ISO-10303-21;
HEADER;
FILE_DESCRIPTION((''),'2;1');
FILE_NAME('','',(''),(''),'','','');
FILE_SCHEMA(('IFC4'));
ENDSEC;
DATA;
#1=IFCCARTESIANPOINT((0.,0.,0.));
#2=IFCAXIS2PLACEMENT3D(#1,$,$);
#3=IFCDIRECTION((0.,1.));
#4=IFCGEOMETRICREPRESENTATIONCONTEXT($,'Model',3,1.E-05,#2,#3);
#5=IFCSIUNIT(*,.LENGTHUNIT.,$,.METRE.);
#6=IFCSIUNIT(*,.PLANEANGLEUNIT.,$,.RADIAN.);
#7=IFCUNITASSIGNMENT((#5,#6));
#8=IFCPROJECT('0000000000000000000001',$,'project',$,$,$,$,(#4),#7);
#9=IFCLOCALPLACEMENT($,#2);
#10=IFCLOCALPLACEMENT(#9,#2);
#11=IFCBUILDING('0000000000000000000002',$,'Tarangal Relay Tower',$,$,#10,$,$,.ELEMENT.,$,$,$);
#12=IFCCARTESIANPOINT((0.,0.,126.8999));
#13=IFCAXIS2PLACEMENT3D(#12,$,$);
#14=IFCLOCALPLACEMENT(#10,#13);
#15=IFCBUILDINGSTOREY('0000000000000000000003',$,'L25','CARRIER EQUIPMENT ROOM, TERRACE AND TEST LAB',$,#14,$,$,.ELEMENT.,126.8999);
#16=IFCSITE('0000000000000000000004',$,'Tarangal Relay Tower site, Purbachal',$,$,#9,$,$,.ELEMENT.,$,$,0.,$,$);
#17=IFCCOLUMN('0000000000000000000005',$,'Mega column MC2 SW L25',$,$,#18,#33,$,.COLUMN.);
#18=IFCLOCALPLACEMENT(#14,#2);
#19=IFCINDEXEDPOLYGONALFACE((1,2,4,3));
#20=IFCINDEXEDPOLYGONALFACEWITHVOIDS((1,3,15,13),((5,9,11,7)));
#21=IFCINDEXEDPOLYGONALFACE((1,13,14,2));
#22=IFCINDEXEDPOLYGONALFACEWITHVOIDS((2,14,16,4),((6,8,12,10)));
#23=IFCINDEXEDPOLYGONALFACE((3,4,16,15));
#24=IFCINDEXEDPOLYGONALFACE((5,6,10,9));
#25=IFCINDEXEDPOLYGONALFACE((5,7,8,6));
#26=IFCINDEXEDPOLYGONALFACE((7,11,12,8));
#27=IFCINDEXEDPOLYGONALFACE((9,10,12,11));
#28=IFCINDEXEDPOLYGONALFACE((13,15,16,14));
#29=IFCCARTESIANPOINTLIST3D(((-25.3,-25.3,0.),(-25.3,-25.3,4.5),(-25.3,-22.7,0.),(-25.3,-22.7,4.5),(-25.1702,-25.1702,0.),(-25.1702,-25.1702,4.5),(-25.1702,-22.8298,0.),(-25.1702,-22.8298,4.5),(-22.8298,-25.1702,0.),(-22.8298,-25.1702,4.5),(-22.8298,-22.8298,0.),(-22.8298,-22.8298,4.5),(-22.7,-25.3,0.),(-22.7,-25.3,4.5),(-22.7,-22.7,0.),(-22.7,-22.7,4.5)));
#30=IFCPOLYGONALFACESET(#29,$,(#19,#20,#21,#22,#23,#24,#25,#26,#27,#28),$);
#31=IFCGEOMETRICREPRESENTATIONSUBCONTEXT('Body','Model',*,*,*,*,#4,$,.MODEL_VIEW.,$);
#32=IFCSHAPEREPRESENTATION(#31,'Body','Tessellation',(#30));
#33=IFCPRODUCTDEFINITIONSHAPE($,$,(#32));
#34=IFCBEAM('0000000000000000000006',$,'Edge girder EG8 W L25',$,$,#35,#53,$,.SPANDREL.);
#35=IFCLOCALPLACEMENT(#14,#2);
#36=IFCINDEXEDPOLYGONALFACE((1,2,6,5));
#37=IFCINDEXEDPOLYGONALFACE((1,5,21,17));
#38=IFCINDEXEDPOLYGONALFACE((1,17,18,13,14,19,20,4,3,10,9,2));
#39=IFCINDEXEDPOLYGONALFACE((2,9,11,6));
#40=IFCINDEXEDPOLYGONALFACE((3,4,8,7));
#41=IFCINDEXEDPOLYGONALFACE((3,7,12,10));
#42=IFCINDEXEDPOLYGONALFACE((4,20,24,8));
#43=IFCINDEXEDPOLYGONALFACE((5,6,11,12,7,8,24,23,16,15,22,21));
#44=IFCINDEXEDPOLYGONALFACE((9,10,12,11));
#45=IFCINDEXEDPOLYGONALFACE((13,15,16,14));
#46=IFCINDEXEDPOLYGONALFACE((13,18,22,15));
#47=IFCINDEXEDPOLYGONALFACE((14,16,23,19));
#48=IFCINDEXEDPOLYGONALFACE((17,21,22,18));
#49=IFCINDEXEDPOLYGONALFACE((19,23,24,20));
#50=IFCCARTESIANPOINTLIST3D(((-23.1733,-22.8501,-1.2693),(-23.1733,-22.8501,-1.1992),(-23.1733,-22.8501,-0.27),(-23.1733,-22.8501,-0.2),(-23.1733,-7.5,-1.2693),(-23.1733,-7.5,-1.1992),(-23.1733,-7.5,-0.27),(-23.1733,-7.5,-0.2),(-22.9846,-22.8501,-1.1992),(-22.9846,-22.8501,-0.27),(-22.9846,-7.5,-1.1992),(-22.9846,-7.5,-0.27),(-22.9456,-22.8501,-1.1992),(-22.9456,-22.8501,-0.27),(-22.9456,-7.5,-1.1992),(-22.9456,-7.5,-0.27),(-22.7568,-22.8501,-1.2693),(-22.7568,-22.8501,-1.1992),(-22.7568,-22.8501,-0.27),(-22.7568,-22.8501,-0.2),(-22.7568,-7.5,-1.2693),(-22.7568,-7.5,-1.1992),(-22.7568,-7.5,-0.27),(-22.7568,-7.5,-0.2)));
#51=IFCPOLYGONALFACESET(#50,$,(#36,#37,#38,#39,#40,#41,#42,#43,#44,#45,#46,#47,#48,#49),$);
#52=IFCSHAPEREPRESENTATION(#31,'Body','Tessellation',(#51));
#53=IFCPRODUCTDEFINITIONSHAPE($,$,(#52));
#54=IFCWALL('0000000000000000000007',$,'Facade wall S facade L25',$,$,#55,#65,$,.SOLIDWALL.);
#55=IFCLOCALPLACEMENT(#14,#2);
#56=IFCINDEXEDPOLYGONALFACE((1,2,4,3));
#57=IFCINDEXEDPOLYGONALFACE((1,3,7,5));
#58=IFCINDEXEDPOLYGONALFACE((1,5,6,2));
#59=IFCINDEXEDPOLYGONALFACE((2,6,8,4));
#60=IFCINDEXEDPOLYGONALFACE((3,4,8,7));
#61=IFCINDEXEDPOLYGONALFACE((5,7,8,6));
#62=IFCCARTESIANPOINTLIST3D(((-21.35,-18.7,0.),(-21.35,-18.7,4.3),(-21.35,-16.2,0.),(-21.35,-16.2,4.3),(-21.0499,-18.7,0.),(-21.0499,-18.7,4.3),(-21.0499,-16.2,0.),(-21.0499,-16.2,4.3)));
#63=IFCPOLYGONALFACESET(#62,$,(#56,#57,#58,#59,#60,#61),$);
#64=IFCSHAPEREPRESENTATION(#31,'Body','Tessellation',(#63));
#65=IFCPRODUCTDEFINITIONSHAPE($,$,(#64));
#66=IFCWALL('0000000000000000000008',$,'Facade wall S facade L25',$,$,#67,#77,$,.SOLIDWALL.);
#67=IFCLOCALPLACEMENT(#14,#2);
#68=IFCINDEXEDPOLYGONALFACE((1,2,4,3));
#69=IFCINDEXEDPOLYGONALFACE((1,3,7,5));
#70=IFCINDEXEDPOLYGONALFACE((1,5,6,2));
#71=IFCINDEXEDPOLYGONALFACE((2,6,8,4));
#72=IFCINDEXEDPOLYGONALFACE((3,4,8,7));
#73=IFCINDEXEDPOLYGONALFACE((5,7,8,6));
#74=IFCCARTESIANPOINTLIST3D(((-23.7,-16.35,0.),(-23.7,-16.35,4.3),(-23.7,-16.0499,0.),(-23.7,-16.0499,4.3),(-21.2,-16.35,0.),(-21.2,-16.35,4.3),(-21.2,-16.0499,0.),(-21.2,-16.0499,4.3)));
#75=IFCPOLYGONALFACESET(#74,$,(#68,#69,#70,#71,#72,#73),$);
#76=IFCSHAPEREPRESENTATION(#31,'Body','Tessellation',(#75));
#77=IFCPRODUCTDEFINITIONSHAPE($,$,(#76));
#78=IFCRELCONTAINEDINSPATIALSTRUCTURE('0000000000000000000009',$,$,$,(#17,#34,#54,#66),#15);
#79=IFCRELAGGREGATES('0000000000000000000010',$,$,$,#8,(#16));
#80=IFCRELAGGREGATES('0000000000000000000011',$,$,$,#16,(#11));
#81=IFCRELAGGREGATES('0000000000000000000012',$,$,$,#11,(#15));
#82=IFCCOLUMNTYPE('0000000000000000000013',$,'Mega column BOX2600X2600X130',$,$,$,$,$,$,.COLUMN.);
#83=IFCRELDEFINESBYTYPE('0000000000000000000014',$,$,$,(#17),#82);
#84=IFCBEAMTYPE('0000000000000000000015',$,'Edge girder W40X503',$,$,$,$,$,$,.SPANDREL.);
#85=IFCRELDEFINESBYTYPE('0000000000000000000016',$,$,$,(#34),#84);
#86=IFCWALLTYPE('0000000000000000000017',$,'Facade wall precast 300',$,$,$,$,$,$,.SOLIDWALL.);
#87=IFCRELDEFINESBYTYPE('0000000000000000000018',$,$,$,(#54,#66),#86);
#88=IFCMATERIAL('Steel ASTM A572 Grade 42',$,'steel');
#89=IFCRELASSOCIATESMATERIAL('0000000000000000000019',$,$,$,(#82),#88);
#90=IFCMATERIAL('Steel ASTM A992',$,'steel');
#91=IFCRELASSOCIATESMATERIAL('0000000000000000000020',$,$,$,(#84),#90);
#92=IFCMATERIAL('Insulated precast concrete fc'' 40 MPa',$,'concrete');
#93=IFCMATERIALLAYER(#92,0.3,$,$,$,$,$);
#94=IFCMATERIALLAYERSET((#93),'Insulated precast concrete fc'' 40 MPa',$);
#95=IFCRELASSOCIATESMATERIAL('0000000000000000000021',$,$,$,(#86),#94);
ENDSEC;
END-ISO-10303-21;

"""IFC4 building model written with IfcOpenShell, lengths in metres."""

from ifc_helpers import new_model, si_unit, direction, frame, frame_2d, origin, origin_2d, place, context, subcontext, project, spatial, rectangle, hollow_rectangle, i_section, extrude, material, layer, layer_set, material_profile, profile_set, type_object, element, save


model = new_model("IFC4")

# Units and contexts
model_context = context("Model", 3, precision=1e-05, world=origin(), true_north=direction((0.0, 1.0)))
body_context = subcontext(model_context, "Body", "Model", "MODEL_VIEW")
ifc_project = project(units=[si_unit("LENGTHUNIT", "METRE"), si_unit("PLANEANGLEUNIT", "RADIAN")], contexts=[model_context])

# Site, building, storey
site_placement = place(None, origin())
site = spatial("IfcSite", under=ifc_project, at=site_placement, Name="Tarangal Relay Tower site, Purbachal", CompositionType="ELEMENT", RefElevation=0.0)
building_placement = place(site_placement, origin())
building = spatial("IfcBuilding", under=site, at=building_placement, Name="Tarangal Relay Tower", CompositionType="ELEMENT")
storey_placement = place(building_placement, frame((0.0, 0.0, 126.8999)))
storey = spatial("IfcBuildingStorey", under=building, at=storey_placement, Name="L25", Description="CARRIER EQUIPMENT ROOM, TERRACE AND TEST LAB", CompositionType="ELEMENT", Elevation=126.8999)

# Column
ifc_material_1 = material(Name="Steel ASTM A572 Grade 42", Category="steel")
ifc_material_profile_1 = material_profile(ifc_material_1, hollow_rectangle(XDim=2.6001, YDim=2.6001, WallThickness=0.1299, at=origin_2d()), Name="BOX2600X2600X130")
ifc_profile_set_1 = profile_set([ifc_material_profile_1], Name="Steel ASTM A572 Grade 42")
column_type = type_object("IfcColumnType", Name="Mega column BOX2600X2600X130", PredefinedType="COLUMN", material=ifc_profile_set_1)
column_placement = place(storey_placement, frame((-24.0, -24.0, 0.0), z_axis=(0.0, 0.0, 1.0), x_axis=(1.0, 0.0, 0.0)))
element("IfcColumn", 1, at=column_placement, inside=storey, type_object=column_type, Name="Mega column MC2 SW L25", PredefinedType="COLUMN", context=body_context, shape_type="SweptSolid", body=[
    extrude(hollow_rectangle(XDim=2.6001, YDim=2.6001, WallThickness=0.1299, at=origin_2d()), origin(), (0.0, 0.0, 1.0), 4.5),
])

# Beam
ifc_material_2 = material(Name="Steel ASTM A992", Category="steel")
ifc_material_profile_2 = material_profile(ifc_material_2, i_section(OverallWidth=0.4165, OverallDepth=1.0693, WebThickness=0.0391, FlangeThickness=0.0701, at=origin_2d()), Name="W40X503")
ifc_profile_set_2 = profile_set([ifc_material_profile_2], Name="Steel ASTM A992")
beam_type = type_object("IfcBeamType", Name="Edge girder W40X503", PredefinedType="SPANDREL", material=ifc_profile_set_2)
beam_placement = place(storey_placement, frame((-22.9651, -22.8501, -0.7346), z_axis=(0.0, 1.0, 0.0), x_axis=(-1.0, 0.0, 0.0)))
element("IfcBeam", 2, at=beam_placement, inside=storey, type_object=beam_type, Name="Edge girder EG8 W L25", PredefinedType="SPANDREL", context=body_context, shape_type="SweptSolid", body=[
    extrude(i_section(OverallWidth=0.4165, OverallDepth=1.0693, WebThickness=0.0391, FlangeThickness=0.0701, at=origin_2d()), origin(), (0.0, 0.0, 1.0), 15.3501),
])

# Walls
ifc_material_3 = material(Name="Insulated precast concrete fc' 40 MPa", Category="concrete")
ifc_layer = layer(ifc_material_3, 0.3)
ifc_layer_set = layer_set([ifc_layer], Name="Insulated precast concrete fc' 40 MPa")
wall_type = type_object("IfcWallType", Name="Facade wall precast 300", PredefinedType="SOLIDWALL", material=ifc_layer_set)
for number, where, z_axis, x_axis, name in (
    (3, (-21.2, -18.7, 0.0), (0.0, 0.0, 1.0), (0.0, 1.0, 0.0), "Facade wall S facade L25"),
    (4, (-21.2, -16.2, 0.0), (0.0, 0.0, 1.0), (-1.0, 0.0, 0.0), "Facade wall S facade L25"),
):
    element("IfcWall", number, at=place(storey_placement, frame(where, z_axis=z_axis, x_axis=x_axis)), inside=storey, type_object=wall_type, Name=name, PredefinedType="SOLIDWALL", context=body_context, shape_type="SweptSolid", body=[
        extrude(rectangle(XDim=2.5, YDim=0.3, at=frame_2d((1.25, 0.0))), origin(), (0.0, 0.0, 1.0), 4.3),
    ])

save(model, "model.ifc")
